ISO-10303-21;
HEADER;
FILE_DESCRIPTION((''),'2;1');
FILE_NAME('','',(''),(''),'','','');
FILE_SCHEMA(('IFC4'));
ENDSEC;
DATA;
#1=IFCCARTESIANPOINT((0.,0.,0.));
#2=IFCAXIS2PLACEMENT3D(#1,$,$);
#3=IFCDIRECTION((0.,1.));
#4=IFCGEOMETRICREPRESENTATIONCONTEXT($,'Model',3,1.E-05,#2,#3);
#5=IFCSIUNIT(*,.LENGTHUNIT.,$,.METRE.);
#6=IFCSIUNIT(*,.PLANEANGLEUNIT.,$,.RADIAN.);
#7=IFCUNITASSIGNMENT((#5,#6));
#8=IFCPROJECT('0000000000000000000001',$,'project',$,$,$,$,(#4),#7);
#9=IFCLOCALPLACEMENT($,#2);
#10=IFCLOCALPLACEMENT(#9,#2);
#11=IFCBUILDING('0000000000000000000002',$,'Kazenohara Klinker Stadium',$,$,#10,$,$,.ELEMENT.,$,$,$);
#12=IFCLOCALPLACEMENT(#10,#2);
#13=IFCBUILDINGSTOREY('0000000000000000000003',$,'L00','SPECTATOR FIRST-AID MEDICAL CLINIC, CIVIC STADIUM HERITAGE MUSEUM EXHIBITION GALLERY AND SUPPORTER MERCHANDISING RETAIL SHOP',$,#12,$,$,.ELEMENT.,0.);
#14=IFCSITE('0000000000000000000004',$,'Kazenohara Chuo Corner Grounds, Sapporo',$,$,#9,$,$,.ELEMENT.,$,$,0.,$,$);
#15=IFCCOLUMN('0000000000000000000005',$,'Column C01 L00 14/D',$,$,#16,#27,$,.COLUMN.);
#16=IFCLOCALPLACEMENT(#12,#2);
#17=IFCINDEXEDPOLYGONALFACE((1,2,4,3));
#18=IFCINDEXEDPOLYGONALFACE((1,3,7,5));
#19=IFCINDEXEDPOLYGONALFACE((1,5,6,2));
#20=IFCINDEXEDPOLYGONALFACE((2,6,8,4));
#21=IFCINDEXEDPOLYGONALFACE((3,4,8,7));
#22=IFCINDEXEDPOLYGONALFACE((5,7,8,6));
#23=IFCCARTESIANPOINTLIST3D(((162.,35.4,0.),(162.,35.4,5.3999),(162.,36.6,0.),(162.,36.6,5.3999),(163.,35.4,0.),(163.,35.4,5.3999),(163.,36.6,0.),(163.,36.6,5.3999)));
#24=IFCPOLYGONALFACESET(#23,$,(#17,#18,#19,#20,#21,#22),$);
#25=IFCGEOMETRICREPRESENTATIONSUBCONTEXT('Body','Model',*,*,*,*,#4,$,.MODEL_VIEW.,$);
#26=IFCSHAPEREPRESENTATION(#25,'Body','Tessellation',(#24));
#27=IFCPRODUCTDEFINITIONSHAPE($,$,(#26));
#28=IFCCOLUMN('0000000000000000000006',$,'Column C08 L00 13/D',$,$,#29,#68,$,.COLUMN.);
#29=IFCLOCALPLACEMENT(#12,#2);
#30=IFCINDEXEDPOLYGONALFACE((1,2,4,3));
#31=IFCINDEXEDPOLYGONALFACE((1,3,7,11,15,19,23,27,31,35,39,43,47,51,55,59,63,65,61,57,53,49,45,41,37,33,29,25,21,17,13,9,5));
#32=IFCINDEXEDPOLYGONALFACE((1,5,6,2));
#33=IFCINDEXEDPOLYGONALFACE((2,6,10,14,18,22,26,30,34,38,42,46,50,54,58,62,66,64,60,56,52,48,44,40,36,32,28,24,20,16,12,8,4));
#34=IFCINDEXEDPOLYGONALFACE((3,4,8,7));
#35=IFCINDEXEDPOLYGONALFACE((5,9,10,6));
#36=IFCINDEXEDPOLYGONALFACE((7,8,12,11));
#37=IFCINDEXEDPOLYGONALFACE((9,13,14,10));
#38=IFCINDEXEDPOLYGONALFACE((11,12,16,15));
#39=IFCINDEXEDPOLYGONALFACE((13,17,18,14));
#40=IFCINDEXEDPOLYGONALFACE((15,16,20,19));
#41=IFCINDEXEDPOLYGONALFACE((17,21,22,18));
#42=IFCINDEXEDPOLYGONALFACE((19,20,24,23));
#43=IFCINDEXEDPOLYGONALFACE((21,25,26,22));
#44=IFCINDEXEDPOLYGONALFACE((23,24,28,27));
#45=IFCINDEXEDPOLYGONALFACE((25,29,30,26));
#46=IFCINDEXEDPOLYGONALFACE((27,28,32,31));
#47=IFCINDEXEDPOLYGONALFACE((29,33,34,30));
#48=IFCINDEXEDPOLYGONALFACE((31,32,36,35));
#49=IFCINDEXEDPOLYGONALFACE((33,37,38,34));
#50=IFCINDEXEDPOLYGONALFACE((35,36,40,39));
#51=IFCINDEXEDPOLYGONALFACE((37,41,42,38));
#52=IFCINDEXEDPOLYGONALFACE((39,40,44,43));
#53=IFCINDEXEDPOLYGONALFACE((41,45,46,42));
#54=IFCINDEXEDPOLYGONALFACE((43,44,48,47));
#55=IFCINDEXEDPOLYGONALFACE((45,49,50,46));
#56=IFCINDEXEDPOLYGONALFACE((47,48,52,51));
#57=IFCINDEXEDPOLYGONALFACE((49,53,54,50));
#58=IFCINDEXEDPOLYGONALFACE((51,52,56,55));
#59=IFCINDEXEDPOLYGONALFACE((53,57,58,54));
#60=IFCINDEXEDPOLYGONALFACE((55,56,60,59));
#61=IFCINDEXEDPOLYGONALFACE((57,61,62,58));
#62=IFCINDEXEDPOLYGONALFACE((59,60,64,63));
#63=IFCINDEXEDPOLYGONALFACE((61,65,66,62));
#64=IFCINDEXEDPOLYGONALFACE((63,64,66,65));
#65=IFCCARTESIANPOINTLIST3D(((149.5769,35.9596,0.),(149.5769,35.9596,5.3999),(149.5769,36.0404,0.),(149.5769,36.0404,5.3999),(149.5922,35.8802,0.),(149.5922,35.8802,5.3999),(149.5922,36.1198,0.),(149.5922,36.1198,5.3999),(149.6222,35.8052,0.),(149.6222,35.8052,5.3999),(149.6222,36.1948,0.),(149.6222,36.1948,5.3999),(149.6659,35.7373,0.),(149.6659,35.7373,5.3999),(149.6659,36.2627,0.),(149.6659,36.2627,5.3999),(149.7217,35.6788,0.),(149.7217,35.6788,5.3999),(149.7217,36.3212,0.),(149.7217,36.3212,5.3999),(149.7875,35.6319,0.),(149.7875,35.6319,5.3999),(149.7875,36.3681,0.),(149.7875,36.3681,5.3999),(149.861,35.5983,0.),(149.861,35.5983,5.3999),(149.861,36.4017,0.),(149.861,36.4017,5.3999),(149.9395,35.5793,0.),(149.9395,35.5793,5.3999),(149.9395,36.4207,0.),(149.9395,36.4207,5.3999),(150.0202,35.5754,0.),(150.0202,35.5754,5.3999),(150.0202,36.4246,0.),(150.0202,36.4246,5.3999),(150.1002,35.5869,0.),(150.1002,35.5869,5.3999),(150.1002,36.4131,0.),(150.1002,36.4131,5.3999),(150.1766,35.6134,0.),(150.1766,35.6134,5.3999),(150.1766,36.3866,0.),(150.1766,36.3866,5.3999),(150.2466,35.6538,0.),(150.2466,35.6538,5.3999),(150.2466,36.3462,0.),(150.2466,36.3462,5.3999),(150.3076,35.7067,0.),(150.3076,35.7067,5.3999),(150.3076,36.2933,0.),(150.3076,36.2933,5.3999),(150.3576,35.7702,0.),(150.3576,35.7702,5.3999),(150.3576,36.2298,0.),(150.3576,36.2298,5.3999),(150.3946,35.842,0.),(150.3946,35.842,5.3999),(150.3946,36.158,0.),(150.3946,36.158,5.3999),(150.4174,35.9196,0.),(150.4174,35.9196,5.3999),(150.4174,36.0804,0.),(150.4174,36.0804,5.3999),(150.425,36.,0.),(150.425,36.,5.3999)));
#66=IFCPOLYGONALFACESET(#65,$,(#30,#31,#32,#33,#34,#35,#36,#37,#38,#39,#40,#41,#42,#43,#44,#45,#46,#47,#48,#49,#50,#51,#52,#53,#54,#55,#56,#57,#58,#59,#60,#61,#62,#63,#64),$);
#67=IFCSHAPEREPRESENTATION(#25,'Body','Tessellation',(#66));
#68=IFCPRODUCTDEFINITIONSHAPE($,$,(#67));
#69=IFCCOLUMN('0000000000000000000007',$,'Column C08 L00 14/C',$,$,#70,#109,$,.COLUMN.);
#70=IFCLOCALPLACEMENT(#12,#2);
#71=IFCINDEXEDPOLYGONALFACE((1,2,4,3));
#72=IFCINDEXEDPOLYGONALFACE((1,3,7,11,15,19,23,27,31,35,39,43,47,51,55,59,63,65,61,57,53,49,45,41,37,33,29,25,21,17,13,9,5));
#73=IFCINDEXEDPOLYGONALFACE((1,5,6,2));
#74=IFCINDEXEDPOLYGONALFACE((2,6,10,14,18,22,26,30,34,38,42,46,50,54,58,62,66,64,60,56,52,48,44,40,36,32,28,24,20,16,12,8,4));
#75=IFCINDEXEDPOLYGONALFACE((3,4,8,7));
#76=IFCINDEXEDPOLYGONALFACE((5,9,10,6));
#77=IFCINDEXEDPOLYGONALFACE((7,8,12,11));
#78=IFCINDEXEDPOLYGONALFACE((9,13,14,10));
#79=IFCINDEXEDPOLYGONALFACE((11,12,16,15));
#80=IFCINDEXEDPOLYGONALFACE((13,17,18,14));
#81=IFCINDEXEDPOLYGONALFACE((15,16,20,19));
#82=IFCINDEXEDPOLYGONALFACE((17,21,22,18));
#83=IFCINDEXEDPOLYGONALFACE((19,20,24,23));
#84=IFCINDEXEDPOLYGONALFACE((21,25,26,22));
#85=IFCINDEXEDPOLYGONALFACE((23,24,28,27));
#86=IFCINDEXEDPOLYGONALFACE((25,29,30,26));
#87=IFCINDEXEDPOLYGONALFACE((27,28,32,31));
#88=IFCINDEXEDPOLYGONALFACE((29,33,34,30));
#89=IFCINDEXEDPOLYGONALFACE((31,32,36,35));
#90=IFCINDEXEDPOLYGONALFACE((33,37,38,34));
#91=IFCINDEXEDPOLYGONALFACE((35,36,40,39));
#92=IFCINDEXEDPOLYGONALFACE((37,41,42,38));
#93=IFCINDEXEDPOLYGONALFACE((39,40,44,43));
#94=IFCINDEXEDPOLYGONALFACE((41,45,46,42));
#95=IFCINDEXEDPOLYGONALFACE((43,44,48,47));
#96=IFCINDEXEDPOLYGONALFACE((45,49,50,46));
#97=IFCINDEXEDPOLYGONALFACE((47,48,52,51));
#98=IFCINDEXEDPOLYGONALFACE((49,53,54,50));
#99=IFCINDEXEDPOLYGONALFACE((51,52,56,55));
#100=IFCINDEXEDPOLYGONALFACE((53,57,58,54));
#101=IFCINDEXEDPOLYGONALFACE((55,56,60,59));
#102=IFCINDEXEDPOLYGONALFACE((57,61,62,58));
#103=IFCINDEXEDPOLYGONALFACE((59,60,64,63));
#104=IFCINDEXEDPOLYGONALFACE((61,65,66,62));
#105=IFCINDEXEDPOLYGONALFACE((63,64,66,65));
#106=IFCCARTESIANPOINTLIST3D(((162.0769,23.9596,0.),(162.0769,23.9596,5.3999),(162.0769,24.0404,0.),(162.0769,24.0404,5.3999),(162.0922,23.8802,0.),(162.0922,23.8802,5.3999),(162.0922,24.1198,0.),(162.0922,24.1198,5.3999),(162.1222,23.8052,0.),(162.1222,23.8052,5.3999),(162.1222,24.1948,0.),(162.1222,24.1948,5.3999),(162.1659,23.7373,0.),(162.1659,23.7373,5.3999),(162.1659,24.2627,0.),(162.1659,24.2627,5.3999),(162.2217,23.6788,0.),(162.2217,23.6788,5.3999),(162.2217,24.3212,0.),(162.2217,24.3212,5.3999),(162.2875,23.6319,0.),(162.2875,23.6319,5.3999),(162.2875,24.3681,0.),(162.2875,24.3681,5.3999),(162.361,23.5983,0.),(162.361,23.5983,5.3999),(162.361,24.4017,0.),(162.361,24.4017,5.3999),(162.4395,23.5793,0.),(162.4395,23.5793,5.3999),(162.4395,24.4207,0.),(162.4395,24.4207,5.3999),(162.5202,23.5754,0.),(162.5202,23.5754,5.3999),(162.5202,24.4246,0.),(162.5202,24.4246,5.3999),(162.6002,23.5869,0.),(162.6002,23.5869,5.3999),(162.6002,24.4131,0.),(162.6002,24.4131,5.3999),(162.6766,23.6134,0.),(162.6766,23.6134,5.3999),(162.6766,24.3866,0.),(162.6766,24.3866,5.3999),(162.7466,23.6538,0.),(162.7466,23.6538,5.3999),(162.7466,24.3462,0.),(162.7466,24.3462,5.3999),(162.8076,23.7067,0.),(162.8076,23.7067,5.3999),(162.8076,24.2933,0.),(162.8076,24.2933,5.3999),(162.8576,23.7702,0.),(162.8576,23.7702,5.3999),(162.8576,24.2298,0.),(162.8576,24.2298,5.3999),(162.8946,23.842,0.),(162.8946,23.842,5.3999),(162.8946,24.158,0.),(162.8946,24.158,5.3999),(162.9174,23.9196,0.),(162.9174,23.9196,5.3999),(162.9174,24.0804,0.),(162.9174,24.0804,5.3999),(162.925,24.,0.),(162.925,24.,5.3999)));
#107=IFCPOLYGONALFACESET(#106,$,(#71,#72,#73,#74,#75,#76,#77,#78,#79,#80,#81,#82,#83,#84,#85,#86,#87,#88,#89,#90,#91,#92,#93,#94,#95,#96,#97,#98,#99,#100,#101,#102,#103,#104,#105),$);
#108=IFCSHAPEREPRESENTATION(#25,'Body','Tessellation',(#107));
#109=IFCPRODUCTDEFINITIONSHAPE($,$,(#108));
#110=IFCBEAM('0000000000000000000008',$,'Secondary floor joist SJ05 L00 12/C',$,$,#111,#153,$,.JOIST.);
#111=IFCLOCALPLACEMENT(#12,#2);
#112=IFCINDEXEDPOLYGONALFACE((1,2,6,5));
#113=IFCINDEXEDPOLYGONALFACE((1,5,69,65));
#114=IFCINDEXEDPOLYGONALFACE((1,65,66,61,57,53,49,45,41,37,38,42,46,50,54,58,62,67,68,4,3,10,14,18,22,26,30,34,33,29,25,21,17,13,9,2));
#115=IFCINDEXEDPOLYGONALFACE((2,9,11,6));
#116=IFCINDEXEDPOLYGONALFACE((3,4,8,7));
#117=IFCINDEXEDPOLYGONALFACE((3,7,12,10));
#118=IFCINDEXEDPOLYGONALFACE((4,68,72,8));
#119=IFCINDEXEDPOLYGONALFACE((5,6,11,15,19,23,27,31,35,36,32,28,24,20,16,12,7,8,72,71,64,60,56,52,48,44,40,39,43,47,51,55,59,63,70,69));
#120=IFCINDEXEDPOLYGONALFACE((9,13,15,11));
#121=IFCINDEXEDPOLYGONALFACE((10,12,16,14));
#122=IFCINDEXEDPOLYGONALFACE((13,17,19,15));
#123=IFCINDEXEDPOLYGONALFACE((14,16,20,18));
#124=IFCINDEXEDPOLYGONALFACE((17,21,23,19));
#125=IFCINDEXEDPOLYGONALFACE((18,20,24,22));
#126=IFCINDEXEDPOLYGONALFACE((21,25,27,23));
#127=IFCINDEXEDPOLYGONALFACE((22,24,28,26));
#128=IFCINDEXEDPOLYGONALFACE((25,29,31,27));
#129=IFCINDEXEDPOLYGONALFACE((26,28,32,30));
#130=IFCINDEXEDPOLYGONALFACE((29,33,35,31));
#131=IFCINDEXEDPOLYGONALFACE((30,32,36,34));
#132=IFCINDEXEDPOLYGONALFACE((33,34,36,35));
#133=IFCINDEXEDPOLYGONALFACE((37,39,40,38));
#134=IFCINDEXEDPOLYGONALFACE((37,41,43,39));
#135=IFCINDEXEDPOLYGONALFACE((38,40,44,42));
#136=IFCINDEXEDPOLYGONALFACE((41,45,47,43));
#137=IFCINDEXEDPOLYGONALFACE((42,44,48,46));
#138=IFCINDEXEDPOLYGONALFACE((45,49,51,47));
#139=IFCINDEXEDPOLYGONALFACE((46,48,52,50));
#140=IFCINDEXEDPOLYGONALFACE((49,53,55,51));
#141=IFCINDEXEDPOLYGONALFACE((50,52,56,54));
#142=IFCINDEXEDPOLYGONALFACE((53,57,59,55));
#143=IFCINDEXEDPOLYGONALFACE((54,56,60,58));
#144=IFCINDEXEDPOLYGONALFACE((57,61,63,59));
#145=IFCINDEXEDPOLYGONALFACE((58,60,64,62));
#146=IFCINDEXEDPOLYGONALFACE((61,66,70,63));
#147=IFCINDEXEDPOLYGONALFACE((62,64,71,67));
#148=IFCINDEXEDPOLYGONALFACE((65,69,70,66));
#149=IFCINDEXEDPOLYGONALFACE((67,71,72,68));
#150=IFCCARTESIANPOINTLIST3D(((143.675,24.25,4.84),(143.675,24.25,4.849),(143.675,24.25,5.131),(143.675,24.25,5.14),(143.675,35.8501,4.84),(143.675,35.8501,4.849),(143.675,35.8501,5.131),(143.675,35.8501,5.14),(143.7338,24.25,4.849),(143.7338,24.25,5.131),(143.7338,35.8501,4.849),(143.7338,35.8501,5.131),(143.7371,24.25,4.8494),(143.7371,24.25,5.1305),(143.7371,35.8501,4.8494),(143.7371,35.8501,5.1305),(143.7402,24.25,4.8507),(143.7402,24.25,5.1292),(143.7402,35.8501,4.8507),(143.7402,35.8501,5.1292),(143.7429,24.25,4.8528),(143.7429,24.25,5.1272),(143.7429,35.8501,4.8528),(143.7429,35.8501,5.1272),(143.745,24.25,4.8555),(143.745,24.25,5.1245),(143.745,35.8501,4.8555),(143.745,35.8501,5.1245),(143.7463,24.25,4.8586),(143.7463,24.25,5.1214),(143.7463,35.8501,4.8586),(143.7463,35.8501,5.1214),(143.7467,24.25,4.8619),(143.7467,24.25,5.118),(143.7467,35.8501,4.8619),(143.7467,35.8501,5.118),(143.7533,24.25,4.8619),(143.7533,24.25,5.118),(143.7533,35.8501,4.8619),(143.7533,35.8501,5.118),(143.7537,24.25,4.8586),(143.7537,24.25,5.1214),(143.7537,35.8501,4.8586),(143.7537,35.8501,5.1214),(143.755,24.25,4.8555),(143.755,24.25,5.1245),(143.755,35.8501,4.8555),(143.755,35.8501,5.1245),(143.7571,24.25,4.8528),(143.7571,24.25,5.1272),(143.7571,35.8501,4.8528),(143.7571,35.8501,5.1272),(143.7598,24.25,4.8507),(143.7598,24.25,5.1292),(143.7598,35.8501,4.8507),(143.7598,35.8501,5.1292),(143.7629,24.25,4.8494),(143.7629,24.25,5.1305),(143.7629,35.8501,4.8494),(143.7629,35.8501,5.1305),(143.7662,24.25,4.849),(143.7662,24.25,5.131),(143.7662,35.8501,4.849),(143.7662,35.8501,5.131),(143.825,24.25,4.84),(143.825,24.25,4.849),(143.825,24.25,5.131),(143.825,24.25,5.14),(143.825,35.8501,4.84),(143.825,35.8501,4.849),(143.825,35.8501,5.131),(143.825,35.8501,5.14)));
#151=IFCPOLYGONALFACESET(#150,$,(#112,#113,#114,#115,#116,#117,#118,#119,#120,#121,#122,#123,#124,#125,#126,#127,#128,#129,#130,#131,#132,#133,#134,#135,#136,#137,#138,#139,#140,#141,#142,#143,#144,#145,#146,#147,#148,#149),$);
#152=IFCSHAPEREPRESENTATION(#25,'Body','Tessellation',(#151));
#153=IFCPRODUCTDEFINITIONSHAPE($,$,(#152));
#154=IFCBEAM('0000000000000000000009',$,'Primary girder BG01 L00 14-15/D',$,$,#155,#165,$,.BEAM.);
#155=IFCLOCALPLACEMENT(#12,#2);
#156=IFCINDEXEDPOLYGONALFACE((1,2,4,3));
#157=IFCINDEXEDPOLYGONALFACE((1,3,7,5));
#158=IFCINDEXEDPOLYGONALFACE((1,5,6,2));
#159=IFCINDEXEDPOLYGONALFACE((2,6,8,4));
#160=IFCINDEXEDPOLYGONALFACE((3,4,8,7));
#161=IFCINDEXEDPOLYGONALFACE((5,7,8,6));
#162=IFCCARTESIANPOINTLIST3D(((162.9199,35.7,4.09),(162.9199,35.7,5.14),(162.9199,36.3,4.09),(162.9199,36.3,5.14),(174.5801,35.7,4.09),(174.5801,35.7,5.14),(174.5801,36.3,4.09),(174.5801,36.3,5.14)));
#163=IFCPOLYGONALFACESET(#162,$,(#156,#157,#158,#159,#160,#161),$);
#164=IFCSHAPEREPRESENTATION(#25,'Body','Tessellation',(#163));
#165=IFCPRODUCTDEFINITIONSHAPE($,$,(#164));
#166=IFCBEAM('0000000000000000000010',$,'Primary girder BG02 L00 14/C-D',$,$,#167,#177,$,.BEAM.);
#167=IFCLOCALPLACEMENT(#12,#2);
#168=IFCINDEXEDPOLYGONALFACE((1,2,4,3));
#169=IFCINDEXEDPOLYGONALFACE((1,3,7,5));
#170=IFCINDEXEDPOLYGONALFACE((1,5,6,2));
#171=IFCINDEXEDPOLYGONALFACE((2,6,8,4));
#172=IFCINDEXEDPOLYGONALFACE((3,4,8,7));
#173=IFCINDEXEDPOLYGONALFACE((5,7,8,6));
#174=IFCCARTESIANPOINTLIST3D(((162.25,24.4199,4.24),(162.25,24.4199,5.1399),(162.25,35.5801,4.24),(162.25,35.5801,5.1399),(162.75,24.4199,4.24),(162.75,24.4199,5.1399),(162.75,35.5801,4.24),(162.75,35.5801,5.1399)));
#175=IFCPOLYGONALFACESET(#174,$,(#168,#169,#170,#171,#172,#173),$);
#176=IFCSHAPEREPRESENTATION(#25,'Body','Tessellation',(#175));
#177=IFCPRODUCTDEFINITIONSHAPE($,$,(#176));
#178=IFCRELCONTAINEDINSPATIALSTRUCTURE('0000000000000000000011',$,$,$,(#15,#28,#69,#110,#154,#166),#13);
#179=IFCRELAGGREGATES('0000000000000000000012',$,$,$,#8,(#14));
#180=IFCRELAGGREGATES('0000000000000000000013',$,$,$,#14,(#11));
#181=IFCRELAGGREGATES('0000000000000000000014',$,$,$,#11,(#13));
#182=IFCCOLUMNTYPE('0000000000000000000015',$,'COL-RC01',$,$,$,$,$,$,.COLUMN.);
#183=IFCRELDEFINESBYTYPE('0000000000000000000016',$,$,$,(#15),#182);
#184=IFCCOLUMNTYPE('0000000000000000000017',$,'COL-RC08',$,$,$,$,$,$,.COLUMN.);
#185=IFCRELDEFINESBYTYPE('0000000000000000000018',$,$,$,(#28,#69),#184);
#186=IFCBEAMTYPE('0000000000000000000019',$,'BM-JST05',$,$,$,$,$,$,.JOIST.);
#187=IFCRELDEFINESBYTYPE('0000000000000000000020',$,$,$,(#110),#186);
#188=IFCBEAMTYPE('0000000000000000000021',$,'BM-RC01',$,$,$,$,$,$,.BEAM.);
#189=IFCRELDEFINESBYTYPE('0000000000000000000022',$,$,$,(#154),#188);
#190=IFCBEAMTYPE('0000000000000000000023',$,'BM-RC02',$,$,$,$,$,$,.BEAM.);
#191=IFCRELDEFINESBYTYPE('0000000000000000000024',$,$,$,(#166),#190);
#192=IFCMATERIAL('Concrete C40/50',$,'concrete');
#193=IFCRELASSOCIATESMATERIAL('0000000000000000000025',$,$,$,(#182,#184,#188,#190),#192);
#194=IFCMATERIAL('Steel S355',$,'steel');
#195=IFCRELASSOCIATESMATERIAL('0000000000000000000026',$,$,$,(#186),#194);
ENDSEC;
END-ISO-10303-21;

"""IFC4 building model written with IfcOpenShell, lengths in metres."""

from ifc_helpers import new_model, si_unit, direction, frame, origin, origin_2d, place, context, subcontext, project, spatial, rectangle, circle, i_section, extrude, material, material_profile, profile_set, type_object, element, save


model = new_model("IFC4")

# Units and contexts
model_context = context("Model", 3, precision=1e-05, world=origin(), true_north=direction((0.0, 1.0)))
body_context = subcontext(model_context, "Body", "Model", "MODEL_VIEW")
ifc_project = project(units=[si_unit("LENGTHUNIT", "METRE"), si_unit("PLANEANGLEUNIT", "RADIAN")], contexts=[model_context])

# Site, building, storey
site_placement = place(None, origin())
site = spatial("IfcSite", under=ifc_project, at=site_placement, Name="Kazenohara Chuo Corner Grounds, Sapporo", CompositionType="ELEMENT", RefElevation=0.0)
building_placement = place(site_placement, origin())
building = spatial("IfcBuilding", under=site, at=building_placement, Name="Kazenohara Klinker Stadium", CompositionType="ELEMENT")
storey_placement = place(building_placement, origin())
storey = spatial("IfcBuildingStorey", under=building, at=storey_placement, Name="L00", Description="SPECTATOR FIRST-AID MEDICAL CLINIC, CIVIC STADIUM HERITAGE MUSEUM EXHIBITION GALLERY AND SUPPORTER MERCHANDISING RETAIL SHOP", CompositionType="ELEMENT", Elevation=0.0)

# Columns
ifc_material_1 = material(Name="Concrete C40/50", Category="concrete")
ifc_material_profile_1 = material_profile(ifc_material_1, rectangle(XDim=1.0, YDim=1.2, at=origin_2d()), Name="RC-COL-1200x1000")
ifc_profile_set_1 = profile_set([ifc_material_profile_1], Name="Concrete C40/50")
column_type_1 = type_object("IfcColumnType", Name="COL-RC01", PredefinedType="COLUMN", material=ifc_profile_set_1)
column_placement = place(storey_placement, frame((162.5, 36.0, 0.0), z_axis=(0.0, 0.0, 1.0), x_axis=(1.0, 0.0, 0.0)))
element("IfcColumn", 1, at=column_placement, inside=storey, type_object=column_type_1, Name="Column C01 L00 14/D", PredefinedType="COLUMN", context=body_context, shape_type="SweptSolid", body=[
    extrude(rectangle(XDim=1.0, YDim=1.2, at=origin_2d()), origin(), (0.0, 0.0, 1.0), 5.3999),
])
ifc_material_profile_2 = material_profile(ifc_material_1, circle(Radius=0.425, at=origin_2d()), Name="RC-COL-D850")
ifc_profile_set_2 = profile_set([ifc_material_profile_2], Name="Concrete C40/50")
column_type_2 = type_object("IfcColumnType", Name="COL-RC08", PredefinedType="COLUMN", material=ifc_profile_set_2)
for number, where, z_axis, x_axis, name in (
    (2, (150.0, 36.0, 0.0), (0.0, 0.0, 1.0), (1.0, 0.0, 0.0), "Column C08 L00 13/D"),
    (3, (162.5, 24.0, 0.0), (0.0, 0.0, 1.0), (1.0, 0.0, 0.0), "Column C08 L00 14/C"),
):
    element("IfcColumn", number, at=place(storey_placement, frame(where, z_axis=z_axis, x_axis=x_axis)), inside=storey, type_object=column_type_2, Name=name, PredefinedType="COLUMN", context=body_context, shape_type="SweptSolid", body=[
        extrude(circle(Radius=0.425, at=origin_2d()), origin(), (0.0, 0.0, 1.0), 5.3999),
    ])

# Beams
ifc_material_2 = material(Name="Steel S355", Category="steel")
ifc_material_profile_3 = material_profile(ifc_material_2, i_section(OverallWidth=0.1499, OverallDepth=0.3, WebThickness=0.0066, FlangeThickness=0.009, FilletRadius=0.0129, at=origin_2d()), Name="H-300x150x6.5x9")
ifc_profile_set_3 = profile_set([ifc_material_profile_3], Name="Steel S355")
beam_type_1 = type_object("IfcBeamType", Name="BM-JST05", PredefinedType="JOIST", material=ifc_profile_set_3)
beam_1_placement = place(storey_placement, frame((143.75, 24.25, 4.99), z_axis=(0.0, 1.0, 0.0), x_axis=(-1.0, 0.0, 0.0)))
element("IfcBeam", 4, at=beam_1_placement, inside=storey, type_object=beam_type_1, Name="Secondary floor joist SJ05 L00 12/C", PredefinedType="JOIST", context=body_context, shape_type="SweptSolid", body=[
    extrude(i_section(OverallWidth=0.1499, OverallDepth=0.3, WebThickness=0.0066, FlangeThickness=0.009, FilletRadius=0.0129, at=origin_2d()), origin(), (0.0, 0.0, 1.0), 11.6001),
])
ifc_material_profile_4 = material_profile(ifc_material_1, rectangle(XDim=0.6001, YDim=1.05, at=origin_2d()), Name="RC-BM-600x1050")
ifc_profile_set_4 = profile_set([ifc_material_profile_4], Name="Concrete C40/50")
beam_type_2 = type_object("IfcBeamType", Name="BM-RC01", PredefinedType="BEAM", material=ifc_profile_set_4)
beam_2_placement = place(storey_placement, frame((162.9199, 36.0, 4.615), z_axis=(1.0, 0.0, 0.0), x_axis=(0.0, 1.0, 0.0)))
element("IfcBeam", 5, at=beam_2_placement, inside=storey, type_object=beam_type_2, Name="Primary girder BG01 L00 14-15/D", PredefinedType="BEAM", context=body_context, shape_type="SweptSolid", body=[
    extrude(rectangle(XDim=0.6001, YDim=1.05, at=origin_2d()), origin(), (0.0, 0.0, 1.0), 11.6602),
])
ifc_material_profile_5 = material_profile(ifc_material_1, rectangle(XDim=0.5, YDim=0.8999, at=origin_2d()), Name="RC-BM-500x900")
ifc_profile_set_5 = profile_set([ifc_material_profile_5], Name="Concrete C40/50")
beam_type_3 = type_object("IfcBeamType", Name="BM-RC02", PredefinedType="BEAM", material=ifc_profile_set_5)
beam_3_placement = place(storey_placement, frame((162.5, 24.4199, 4.6899), z_axis=(0.0, 1.0, 0.0), x_axis=(-1.0, 0.0, 0.0)))
element("IfcBeam", 6, at=beam_3_placement, inside=storey, type_object=beam_type_3, Name="Primary girder BG02 L00 14/C-D", PredefinedType="BEAM", context=body_context, shape_type="SweptSolid", body=[
    extrude(rectangle(XDim=0.5, YDim=0.8999, at=origin_2d()), origin(), (0.0, 0.0, 1.0), 11.1602),
])

save(model, "model.ifc")
